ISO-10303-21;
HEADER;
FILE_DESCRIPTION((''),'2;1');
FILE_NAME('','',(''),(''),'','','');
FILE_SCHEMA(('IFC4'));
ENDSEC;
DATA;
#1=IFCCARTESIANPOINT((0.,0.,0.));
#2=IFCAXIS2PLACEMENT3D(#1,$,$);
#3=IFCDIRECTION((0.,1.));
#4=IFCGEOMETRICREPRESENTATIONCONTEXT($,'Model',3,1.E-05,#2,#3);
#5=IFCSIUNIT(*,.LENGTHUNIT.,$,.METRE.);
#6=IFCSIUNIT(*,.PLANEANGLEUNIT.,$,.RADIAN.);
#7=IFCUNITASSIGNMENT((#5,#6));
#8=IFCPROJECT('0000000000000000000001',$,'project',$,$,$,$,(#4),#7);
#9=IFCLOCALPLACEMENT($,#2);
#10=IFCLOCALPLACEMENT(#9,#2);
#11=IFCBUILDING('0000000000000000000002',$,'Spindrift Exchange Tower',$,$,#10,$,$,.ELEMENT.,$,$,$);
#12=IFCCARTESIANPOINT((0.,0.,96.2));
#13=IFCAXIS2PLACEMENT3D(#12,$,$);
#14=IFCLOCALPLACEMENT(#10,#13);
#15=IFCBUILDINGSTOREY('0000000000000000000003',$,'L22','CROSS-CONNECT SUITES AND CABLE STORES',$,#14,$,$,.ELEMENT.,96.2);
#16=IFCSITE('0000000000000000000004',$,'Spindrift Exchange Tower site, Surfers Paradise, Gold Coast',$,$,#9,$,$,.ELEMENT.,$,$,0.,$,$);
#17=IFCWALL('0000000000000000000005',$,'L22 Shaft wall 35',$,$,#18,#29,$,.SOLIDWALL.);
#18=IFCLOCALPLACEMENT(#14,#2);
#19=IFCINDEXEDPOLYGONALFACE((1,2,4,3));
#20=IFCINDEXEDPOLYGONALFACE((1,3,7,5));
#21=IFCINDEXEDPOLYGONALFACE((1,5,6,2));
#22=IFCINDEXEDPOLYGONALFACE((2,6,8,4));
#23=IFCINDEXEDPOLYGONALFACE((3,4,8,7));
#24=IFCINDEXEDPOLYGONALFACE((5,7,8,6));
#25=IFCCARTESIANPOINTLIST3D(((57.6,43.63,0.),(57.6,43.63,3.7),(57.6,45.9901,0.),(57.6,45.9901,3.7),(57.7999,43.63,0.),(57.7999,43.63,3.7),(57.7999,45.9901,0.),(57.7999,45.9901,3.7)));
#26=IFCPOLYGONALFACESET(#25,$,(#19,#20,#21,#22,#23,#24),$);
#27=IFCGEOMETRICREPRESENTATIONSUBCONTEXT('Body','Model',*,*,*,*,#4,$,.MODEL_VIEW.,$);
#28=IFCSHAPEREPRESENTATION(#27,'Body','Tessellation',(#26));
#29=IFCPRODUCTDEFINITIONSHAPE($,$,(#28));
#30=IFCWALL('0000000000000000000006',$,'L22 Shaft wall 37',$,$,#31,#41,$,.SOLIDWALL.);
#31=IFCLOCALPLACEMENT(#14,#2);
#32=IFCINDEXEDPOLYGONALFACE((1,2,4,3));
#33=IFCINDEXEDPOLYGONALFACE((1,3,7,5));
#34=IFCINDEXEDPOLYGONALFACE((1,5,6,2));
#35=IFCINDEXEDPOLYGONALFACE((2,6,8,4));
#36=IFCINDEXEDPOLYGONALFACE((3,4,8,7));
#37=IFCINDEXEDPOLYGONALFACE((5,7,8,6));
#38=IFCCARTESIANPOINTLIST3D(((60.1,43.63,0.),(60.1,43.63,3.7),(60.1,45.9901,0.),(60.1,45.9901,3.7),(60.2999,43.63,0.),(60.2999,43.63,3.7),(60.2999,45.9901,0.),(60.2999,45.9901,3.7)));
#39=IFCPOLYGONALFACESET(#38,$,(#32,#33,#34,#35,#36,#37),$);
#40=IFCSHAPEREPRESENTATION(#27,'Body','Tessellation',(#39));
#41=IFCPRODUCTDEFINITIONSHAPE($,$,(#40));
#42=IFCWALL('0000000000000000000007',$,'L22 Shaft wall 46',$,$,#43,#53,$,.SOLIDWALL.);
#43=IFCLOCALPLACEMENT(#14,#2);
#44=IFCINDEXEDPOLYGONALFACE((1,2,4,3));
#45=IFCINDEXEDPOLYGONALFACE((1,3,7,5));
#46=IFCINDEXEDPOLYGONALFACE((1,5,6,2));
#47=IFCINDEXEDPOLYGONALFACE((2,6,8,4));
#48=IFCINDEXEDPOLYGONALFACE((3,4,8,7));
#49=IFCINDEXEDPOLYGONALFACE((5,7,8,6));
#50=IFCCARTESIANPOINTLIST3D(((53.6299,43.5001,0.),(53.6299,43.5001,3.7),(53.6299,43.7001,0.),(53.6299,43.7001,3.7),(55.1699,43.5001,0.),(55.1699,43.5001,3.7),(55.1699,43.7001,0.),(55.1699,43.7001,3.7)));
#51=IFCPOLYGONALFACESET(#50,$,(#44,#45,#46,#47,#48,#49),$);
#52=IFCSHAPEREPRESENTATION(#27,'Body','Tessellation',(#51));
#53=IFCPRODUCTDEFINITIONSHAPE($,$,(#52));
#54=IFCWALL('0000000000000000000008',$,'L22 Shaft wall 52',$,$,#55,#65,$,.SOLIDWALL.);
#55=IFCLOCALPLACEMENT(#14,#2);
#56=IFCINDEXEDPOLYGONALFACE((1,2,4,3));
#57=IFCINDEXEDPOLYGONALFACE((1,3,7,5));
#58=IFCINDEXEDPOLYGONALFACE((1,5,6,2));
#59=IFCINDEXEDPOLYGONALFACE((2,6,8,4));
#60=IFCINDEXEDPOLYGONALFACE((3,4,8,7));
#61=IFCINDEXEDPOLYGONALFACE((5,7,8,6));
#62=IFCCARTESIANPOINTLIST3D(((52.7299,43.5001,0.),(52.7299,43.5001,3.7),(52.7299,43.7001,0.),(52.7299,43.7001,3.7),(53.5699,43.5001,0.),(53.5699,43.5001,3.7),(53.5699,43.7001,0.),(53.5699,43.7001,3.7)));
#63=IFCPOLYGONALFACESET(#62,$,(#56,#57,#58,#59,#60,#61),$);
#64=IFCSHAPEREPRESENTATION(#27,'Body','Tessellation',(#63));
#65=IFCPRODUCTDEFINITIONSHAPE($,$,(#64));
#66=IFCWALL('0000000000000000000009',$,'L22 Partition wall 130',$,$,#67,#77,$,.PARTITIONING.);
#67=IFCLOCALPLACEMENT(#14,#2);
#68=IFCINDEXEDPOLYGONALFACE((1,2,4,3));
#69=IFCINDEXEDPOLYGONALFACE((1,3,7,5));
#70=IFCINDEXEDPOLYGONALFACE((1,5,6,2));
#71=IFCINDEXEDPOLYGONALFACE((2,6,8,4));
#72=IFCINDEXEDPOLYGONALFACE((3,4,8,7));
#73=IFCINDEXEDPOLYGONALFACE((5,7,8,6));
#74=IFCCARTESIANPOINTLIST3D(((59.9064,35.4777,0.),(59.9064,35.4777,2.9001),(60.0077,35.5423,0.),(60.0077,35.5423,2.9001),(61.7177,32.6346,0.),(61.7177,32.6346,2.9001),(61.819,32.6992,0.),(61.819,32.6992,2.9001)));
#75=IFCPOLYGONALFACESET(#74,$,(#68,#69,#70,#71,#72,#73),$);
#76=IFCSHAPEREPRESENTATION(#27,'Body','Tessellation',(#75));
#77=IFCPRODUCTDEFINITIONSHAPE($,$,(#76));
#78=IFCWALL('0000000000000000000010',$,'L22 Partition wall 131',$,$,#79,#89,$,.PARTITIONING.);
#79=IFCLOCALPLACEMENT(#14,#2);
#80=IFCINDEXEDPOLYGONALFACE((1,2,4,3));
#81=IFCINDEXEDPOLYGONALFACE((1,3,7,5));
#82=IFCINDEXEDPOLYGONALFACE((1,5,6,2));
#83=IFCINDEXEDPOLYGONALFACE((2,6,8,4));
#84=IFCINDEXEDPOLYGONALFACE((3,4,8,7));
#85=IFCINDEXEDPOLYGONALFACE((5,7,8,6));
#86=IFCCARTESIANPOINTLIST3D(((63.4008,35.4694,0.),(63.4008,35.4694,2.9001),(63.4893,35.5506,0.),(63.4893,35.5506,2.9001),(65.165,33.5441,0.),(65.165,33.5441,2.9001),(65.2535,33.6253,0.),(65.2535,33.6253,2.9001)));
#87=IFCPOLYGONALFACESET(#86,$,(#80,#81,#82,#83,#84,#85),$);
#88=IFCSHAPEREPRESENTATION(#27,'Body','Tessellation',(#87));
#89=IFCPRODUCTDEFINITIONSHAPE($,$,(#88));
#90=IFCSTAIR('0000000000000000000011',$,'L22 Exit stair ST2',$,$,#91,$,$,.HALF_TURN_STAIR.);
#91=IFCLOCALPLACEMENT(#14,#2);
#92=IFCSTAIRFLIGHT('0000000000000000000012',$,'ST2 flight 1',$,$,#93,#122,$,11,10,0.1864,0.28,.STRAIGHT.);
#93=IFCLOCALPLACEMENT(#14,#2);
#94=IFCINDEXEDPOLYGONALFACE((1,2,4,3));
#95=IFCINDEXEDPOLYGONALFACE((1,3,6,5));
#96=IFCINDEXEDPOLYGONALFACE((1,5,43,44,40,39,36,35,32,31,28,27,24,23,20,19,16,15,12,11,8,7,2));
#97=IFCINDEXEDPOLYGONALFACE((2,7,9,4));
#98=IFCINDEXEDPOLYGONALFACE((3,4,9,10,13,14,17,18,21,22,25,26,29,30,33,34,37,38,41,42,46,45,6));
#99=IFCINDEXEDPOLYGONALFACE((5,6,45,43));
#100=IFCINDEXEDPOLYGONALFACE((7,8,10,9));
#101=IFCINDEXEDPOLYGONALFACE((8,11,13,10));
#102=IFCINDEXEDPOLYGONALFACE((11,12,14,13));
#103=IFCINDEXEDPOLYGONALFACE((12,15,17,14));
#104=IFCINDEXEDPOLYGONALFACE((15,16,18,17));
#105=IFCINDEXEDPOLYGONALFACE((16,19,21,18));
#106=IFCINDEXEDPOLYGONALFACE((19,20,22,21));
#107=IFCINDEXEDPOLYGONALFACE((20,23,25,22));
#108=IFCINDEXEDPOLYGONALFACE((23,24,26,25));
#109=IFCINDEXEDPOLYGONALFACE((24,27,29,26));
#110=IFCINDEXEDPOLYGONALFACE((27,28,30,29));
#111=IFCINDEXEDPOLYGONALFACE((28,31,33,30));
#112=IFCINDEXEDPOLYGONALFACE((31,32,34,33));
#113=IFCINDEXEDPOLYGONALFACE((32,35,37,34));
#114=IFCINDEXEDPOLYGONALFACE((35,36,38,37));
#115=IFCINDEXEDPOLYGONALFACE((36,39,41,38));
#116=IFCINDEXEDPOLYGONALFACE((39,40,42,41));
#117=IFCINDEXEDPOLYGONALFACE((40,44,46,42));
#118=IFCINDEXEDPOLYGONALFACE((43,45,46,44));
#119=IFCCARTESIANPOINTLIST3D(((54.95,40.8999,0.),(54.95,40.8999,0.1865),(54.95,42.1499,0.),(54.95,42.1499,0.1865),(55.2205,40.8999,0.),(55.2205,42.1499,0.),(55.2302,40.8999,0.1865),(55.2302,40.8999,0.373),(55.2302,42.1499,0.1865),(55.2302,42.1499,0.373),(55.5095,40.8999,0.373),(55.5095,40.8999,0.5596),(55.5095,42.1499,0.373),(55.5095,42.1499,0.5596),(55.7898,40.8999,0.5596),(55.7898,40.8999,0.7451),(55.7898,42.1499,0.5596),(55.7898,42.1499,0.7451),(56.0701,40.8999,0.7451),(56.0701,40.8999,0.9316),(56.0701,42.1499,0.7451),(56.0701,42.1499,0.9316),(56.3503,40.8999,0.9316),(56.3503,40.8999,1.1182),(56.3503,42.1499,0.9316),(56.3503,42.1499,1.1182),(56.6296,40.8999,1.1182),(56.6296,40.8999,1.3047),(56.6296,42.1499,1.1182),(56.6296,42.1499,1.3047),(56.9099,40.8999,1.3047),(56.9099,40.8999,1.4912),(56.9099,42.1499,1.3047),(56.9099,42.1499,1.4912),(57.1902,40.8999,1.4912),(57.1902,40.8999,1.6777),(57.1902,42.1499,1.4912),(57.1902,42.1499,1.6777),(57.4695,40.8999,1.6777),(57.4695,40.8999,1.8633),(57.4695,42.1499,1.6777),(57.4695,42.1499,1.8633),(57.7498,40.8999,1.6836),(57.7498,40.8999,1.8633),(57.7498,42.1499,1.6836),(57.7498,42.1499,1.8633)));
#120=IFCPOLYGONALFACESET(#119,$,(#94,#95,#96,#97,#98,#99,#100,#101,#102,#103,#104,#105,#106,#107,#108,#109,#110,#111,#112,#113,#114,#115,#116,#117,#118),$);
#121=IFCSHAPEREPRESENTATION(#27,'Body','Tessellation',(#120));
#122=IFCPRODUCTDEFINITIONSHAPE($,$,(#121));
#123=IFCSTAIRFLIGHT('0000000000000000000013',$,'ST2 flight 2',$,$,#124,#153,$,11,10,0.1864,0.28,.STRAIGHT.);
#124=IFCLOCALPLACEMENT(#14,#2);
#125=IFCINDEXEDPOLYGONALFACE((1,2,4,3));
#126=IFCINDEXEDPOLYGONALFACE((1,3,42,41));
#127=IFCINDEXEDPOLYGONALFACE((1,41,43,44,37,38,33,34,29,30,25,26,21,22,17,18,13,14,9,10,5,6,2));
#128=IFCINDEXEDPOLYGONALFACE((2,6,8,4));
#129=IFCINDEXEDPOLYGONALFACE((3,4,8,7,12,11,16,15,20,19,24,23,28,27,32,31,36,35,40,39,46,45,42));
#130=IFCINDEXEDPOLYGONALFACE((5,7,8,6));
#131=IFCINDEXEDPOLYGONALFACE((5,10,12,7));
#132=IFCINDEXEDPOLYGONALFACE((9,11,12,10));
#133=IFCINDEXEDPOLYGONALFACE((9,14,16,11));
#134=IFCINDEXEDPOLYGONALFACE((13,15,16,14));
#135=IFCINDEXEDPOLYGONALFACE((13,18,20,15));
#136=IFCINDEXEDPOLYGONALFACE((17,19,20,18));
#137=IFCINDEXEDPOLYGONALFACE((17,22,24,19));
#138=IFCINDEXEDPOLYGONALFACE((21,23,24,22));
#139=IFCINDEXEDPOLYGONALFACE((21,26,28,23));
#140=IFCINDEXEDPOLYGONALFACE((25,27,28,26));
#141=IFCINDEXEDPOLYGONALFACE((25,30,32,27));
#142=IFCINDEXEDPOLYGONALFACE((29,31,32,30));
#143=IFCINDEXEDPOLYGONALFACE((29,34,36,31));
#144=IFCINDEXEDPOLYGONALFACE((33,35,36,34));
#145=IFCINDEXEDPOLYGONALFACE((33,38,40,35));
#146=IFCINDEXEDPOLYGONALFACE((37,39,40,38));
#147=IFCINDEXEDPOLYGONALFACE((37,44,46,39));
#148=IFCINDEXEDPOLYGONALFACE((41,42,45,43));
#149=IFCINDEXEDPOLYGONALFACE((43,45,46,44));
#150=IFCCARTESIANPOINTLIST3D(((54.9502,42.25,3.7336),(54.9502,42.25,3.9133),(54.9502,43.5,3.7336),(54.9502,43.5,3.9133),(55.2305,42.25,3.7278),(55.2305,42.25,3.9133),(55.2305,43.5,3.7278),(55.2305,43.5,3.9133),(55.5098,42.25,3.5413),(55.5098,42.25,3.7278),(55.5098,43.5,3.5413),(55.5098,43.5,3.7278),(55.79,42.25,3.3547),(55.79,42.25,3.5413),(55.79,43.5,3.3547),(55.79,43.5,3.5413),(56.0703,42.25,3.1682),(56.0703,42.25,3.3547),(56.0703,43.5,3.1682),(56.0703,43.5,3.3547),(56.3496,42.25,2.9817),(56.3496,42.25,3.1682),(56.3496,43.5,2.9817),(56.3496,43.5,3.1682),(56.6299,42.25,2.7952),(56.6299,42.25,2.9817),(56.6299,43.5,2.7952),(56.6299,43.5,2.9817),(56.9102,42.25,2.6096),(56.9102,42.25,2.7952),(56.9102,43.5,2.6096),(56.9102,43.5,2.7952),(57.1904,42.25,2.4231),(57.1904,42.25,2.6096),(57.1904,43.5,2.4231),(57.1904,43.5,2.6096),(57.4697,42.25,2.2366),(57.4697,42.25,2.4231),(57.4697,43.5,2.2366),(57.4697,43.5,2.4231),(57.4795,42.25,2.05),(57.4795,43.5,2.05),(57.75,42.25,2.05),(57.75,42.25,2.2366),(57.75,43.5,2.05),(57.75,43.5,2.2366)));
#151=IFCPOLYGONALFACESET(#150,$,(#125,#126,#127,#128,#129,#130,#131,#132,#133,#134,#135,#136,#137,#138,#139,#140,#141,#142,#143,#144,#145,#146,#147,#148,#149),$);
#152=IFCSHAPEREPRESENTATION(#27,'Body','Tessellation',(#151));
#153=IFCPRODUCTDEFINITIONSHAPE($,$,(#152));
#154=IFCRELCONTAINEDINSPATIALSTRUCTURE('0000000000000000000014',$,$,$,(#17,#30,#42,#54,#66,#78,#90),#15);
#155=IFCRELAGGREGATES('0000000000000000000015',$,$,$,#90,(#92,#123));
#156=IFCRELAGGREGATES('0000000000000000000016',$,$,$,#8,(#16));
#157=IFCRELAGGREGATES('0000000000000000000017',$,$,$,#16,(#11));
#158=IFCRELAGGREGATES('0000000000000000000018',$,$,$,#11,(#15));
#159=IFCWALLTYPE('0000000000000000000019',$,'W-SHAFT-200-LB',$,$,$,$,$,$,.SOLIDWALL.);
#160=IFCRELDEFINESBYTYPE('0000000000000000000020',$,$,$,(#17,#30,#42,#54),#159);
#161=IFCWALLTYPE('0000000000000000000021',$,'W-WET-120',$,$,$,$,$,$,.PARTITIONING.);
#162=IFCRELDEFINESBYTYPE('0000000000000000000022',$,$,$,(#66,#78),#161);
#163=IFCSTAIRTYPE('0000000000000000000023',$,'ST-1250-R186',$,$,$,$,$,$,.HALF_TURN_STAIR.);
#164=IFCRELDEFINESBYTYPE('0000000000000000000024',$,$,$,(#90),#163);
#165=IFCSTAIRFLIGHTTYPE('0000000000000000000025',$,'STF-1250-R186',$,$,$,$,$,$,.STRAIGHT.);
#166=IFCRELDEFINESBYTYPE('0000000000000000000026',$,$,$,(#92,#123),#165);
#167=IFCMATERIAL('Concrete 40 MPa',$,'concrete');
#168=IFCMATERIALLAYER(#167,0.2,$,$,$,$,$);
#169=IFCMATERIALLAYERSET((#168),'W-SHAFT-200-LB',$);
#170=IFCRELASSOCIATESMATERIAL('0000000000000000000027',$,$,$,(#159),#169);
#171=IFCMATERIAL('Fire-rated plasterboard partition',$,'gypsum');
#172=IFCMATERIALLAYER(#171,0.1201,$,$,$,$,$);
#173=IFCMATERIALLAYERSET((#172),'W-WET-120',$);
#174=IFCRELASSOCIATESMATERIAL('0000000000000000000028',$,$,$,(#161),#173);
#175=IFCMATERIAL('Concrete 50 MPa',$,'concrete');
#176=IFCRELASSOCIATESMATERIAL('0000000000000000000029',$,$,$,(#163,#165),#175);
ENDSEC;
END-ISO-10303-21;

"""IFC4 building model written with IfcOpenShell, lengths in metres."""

from ifc_helpers import new_model, si_unit, direction, frame, frame_2d, origin, place, context, subcontext, project, spatial, line, indexed_curve, rectangle, outline, extrude, material, layer, layer_set, type_object, element, aggregate, save


model = new_model("IFC4")

# Units and contexts
model_context = context("Model", 3, precision=1e-05, world=origin(), true_north=direction((0.0, 1.0)))
body_context = subcontext(model_context, "Body", "Model", "MODEL_VIEW")
ifc_project = project(units=[si_unit("LENGTHUNIT", "METRE"), si_unit("PLANEANGLEUNIT", "RADIAN")], contexts=[model_context])

# Site, building, storey
site_placement = place(None, origin())
site = spatial("IfcSite", under=ifc_project, at=site_placement, Name="Spindrift Exchange Tower site, Surfers Paradise, Gold Coast", CompositionType="ELEMENT", RefElevation=0.0)
building_placement = place(site_placement, origin())
building = spatial("IfcBuilding", under=site, at=building_placement, Name="Spindrift Exchange Tower", CompositionType="ELEMENT")
storey_placement = place(building_placement, frame((0.0, 0.0, 96.2)))
storey = spatial("IfcBuildingStorey", under=building, at=storey_placement, Name="L22", Description="CROSS-CONNECT SUITES AND CABLE STORES", CompositionType="ELEMENT", Elevation=96.2)

# Shared definitions
ifc_material_1 = material(Name="Fire-rated plasterboard partition", Category="gypsum")

# Shared definitions
ifc_material_2 = material(Name="Concrete 40 MPa", Category="concrete")

# Shared definitions
ifc_layer_1 = layer(ifc_material_2, 0.2)
ifc_layer_set_1 = layer_set([ifc_layer_1], Name="W-SHAFT-200-LB")
wall_type_1 = type_object("IfcWallType", Name="W-SHAFT-200-LB", PredefinedType="SOLIDWALL", material=ifc_layer_set_1)

# Walls
for number, where, z_axis, x_axis, name in (
    (1, (57.7, 43.6299, 0.0), (0.0, 0.0, 1.0), (0.0, 1.0, 0.0), "L22 Shaft wall 35"),
    (2, (60.2, 43.6299, 0.0), (0.0, 0.0, 1.0), (0.0, 1.0, 0.0), "L22 Shaft wall 37"),
):
    element("IfcWall", number, at=place(storey_placement, frame(where, z_axis=z_axis, x_axis=x_axis)), inside=storey, type_object=wall_type_1, Name=name, PredefinedType="SOLIDWALL", context=body_context, shape_type="SweptSolid", body=[
        extrude(rectangle(XDim=2.3601, YDim=0.2, at=frame_2d((1.1802, 0.0))), origin(), (0.0, 0.0, 1.0), 3.7),
    ])
wall_1_placement = place(storey_placement, frame((53.6299, 43.6001, 0.0), z_axis=(0.0, 0.0, 1.0), x_axis=(1.0, 0.0, 0.0)))
element("IfcWall", 3, at=wall_1_placement, inside=storey, type_object=wall_type_1, Name="L22 Shaft wall 46", PredefinedType="SOLIDWALL", context=body_context, shape_type="SweptSolid", body=[
    extrude(rectangle(XDim=1.54, YDim=0.2, at=frame_2d((0.77, 0.0))), origin(), (0.0, 0.0, 1.0), 3.7),
])
wall_2_placement = place(storey_placement, frame((52.73, 43.6001, 0.0), z_axis=(0.0, 0.0, 1.0), x_axis=(1.0, 0.0, 0.0)))
element("IfcWall", 4, at=wall_2_placement, inside=storey, type_object=wall_type_1, Name="L22 Shaft wall 52", PredefinedType="SOLIDWALL", context=body_context, shape_type="SweptSolid", body=[
    extrude(rectangle(XDim=0.8401, YDim=0.2, at=frame_2d((0.4199, 0.0))), origin(), (0.0, 0.0, 1.0), 3.7),
])
ifc_layer_2 = layer(ifc_material_1, 0.1201)
ifc_layer_set_2 = layer_set([ifc_layer_2], Name="W-WET-120")
wall_type_2 = type_object("IfcWallType", Name="W-WET-120", PredefinedType="PARTITIONING", material=ifc_layer_set_2)
wall_3_placement = place(storey_placement, frame((59.957, 35.51, 0.0), z_axis=(0.0, 0.0, 1.0), x_axis=(0.537316, -0.843381, 0.0)))
element("IfcWall", 5, at=wall_3_placement, inside=storey, type_object=wall_type_2, Name="L22 Partition wall 130", PredefinedType="PARTITIONING", context=body_context, shape_type="SweptSolid", body=[
    extrude(rectangle(XDim=3.3711, YDim=0.1201, at=frame_2d((1.6855, 0.0))), origin(), (0.0, 0.0, 1.0), 2.9001),
])
wall_4_placement = place(storey_placement, frame((63.4451, 35.51, 0.0), z_axis=(0.0, 0.0, 1.0), x_axis=(0.675581, -0.737286, 0.0)))
element("IfcWall", 6, at=wall_4_placement, inside=storey, type_object=wall_type_2, Name="L22 Partition wall 131", PredefinedType="PARTITIONING", context=body_context, shape_type="SweptSolid", body=[
    extrude(rectangle(XDim=2.6113, YDim=0.1201, at=frame_2d((1.3057, 0.0))), origin(), (0.0, 0.0, 1.0), 2.9001),
])

# Stair, stair flights
ifc_material_3 = material(Name="Concrete 50 MPa", Category="concrete")
stair_type = type_object("IfcStairType", Name="ST-1250-R186", PredefinedType="HALF_TURN_STAIR", material=ifc_material_3)
stair_placement = place(storey_placement, origin())
stair = element("IfcStair", 7, at=stair_placement, inside=storey, type_object=stair_type, Name="L22 Exit stair ST2", PredefinedType="HALF_TURN_STAIR")
stair_flight_type = type_object("IfcStairFlightType", Name="STF-1250-R186", PredefinedType="STRAIGHT", material=ifc_material_3)
stair_flight_1_placement = place(storey_placement, frame((54.95, 41.5249, 0.0), z_axis=(0.0, 0.0, 1.0), x_axis=(1.0, 0.0, 0.0)))
stair_flight_1 = element("IfcStairFlight", 8, at=stair_flight_1_placement, type_object=stair_flight_type, Name="ST2 flight 1", NumberOfRisers=11, NumberOfTreads=10, PredefinedType="STRAIGHT", RiserHeight=0.1864, TreadLength=0.28, context=body_context, shape_type="SweptSolid", body=[
    extrude(outline(indexed_curve([(0.0, 0.0), (0.0, 0.1865), (0.2803, 0.1865), (0.2803, 0.373), (0.5596, 0.373), (0.5596, 0.5596), (0.8398, 0.5596), (0.8398, 0.7451), (1.1201, 0.7451), (1.1201, 0.9316), (1.4004, 0.9316), (1.4004, 1.1182), (1.6797, 1.1182), (1.6797, 1.3047), (1.96, 1.3047), (1.96, 1.4912), (2.2402, 1.4912), (2.2402, 1.6777), (2.5195, 1.6777), (2.5195, 1.8633), (2.7998, 1.8633), (2.7998, 2.0498), (2.7998, 1.6836), (0.2705, 0.0)], segments=[line(1, 2, 3, 4, 5, 6, 7, 8, 9, 10, 11, 12, 13, 14, 15, 16, 17, 18, 19, 20, 21, 22, 23, 24, 1)], self_intersect=False)), frame((0.0, 0.625, 0.0), z_axis=(0.0, -1.0, 0.0), x_axis=(1.0, 0.0, 0.0)), (0.0, 0.0, 1.0), 1.25),
])
stair_flight_2_placement = place(storey_placement, frame((57.75, 42.875, 2.05), z_axis=(0.0, 0.0, 1.0), x_axis=(-1.0, 0.0, 0.0)))
stair_flight_2 = element("IfcStairFlight", 9, at=stair_flight_2_placement, type_object=stair_flight_type, Name="ST2 flight 2", NumberOfRisers=11, NumberOfTreads=10, PredefinedType="STRAIGHT", RiserHeight=0.1864, TreadLength=0.28, context=body_context, shape_type="SweptSolid", body=[
    extrude(outline(indexed_curve([(0.0, 0.0), (0.0, 0.1865), (0.2803, 0.1865), (0.2803, 0.373), (0.5596, 0.373), (0.5596, 0.5596), (0.8398, 0.5596), (0.8398, 0.7451), (1.1201, 0.7451), (1.1201, 0.9316), (1.4004, 0.9316), (1.4004, 1.1182), (1.6797, 1.1182), (1.6797, 1.3047), (1.96, 1.3047), (1.96, 1.4912), (2.2402, 1.4912), (2.2402, 1.6777), (2.5195, 1.6777), (2.5195, 1.8633), (2.7998, 1.8633), (2.7998, 2.0498), (2.7998, 1.6836), (0.2705, 0.0)], segments=[line(1, 2, 3, 4, 5, 6, 7, 8, 9, 10, 11, 12, 13, 14, 15, 16, 17, 18, 19, 20, 21, 22, 23, 24, 1)], self_intersect=False)), frame((0.0, 0.625, 0.0), z_axis=(0.0, -1.0, 0.0), x_axis=(1.0, 0.0, 0.0)), (0.0, 0.0, 1.0), 1.25),
])
aggregate(stair, [stair_flight_1, stair_flight_2])

save(model, "model.ifc")
